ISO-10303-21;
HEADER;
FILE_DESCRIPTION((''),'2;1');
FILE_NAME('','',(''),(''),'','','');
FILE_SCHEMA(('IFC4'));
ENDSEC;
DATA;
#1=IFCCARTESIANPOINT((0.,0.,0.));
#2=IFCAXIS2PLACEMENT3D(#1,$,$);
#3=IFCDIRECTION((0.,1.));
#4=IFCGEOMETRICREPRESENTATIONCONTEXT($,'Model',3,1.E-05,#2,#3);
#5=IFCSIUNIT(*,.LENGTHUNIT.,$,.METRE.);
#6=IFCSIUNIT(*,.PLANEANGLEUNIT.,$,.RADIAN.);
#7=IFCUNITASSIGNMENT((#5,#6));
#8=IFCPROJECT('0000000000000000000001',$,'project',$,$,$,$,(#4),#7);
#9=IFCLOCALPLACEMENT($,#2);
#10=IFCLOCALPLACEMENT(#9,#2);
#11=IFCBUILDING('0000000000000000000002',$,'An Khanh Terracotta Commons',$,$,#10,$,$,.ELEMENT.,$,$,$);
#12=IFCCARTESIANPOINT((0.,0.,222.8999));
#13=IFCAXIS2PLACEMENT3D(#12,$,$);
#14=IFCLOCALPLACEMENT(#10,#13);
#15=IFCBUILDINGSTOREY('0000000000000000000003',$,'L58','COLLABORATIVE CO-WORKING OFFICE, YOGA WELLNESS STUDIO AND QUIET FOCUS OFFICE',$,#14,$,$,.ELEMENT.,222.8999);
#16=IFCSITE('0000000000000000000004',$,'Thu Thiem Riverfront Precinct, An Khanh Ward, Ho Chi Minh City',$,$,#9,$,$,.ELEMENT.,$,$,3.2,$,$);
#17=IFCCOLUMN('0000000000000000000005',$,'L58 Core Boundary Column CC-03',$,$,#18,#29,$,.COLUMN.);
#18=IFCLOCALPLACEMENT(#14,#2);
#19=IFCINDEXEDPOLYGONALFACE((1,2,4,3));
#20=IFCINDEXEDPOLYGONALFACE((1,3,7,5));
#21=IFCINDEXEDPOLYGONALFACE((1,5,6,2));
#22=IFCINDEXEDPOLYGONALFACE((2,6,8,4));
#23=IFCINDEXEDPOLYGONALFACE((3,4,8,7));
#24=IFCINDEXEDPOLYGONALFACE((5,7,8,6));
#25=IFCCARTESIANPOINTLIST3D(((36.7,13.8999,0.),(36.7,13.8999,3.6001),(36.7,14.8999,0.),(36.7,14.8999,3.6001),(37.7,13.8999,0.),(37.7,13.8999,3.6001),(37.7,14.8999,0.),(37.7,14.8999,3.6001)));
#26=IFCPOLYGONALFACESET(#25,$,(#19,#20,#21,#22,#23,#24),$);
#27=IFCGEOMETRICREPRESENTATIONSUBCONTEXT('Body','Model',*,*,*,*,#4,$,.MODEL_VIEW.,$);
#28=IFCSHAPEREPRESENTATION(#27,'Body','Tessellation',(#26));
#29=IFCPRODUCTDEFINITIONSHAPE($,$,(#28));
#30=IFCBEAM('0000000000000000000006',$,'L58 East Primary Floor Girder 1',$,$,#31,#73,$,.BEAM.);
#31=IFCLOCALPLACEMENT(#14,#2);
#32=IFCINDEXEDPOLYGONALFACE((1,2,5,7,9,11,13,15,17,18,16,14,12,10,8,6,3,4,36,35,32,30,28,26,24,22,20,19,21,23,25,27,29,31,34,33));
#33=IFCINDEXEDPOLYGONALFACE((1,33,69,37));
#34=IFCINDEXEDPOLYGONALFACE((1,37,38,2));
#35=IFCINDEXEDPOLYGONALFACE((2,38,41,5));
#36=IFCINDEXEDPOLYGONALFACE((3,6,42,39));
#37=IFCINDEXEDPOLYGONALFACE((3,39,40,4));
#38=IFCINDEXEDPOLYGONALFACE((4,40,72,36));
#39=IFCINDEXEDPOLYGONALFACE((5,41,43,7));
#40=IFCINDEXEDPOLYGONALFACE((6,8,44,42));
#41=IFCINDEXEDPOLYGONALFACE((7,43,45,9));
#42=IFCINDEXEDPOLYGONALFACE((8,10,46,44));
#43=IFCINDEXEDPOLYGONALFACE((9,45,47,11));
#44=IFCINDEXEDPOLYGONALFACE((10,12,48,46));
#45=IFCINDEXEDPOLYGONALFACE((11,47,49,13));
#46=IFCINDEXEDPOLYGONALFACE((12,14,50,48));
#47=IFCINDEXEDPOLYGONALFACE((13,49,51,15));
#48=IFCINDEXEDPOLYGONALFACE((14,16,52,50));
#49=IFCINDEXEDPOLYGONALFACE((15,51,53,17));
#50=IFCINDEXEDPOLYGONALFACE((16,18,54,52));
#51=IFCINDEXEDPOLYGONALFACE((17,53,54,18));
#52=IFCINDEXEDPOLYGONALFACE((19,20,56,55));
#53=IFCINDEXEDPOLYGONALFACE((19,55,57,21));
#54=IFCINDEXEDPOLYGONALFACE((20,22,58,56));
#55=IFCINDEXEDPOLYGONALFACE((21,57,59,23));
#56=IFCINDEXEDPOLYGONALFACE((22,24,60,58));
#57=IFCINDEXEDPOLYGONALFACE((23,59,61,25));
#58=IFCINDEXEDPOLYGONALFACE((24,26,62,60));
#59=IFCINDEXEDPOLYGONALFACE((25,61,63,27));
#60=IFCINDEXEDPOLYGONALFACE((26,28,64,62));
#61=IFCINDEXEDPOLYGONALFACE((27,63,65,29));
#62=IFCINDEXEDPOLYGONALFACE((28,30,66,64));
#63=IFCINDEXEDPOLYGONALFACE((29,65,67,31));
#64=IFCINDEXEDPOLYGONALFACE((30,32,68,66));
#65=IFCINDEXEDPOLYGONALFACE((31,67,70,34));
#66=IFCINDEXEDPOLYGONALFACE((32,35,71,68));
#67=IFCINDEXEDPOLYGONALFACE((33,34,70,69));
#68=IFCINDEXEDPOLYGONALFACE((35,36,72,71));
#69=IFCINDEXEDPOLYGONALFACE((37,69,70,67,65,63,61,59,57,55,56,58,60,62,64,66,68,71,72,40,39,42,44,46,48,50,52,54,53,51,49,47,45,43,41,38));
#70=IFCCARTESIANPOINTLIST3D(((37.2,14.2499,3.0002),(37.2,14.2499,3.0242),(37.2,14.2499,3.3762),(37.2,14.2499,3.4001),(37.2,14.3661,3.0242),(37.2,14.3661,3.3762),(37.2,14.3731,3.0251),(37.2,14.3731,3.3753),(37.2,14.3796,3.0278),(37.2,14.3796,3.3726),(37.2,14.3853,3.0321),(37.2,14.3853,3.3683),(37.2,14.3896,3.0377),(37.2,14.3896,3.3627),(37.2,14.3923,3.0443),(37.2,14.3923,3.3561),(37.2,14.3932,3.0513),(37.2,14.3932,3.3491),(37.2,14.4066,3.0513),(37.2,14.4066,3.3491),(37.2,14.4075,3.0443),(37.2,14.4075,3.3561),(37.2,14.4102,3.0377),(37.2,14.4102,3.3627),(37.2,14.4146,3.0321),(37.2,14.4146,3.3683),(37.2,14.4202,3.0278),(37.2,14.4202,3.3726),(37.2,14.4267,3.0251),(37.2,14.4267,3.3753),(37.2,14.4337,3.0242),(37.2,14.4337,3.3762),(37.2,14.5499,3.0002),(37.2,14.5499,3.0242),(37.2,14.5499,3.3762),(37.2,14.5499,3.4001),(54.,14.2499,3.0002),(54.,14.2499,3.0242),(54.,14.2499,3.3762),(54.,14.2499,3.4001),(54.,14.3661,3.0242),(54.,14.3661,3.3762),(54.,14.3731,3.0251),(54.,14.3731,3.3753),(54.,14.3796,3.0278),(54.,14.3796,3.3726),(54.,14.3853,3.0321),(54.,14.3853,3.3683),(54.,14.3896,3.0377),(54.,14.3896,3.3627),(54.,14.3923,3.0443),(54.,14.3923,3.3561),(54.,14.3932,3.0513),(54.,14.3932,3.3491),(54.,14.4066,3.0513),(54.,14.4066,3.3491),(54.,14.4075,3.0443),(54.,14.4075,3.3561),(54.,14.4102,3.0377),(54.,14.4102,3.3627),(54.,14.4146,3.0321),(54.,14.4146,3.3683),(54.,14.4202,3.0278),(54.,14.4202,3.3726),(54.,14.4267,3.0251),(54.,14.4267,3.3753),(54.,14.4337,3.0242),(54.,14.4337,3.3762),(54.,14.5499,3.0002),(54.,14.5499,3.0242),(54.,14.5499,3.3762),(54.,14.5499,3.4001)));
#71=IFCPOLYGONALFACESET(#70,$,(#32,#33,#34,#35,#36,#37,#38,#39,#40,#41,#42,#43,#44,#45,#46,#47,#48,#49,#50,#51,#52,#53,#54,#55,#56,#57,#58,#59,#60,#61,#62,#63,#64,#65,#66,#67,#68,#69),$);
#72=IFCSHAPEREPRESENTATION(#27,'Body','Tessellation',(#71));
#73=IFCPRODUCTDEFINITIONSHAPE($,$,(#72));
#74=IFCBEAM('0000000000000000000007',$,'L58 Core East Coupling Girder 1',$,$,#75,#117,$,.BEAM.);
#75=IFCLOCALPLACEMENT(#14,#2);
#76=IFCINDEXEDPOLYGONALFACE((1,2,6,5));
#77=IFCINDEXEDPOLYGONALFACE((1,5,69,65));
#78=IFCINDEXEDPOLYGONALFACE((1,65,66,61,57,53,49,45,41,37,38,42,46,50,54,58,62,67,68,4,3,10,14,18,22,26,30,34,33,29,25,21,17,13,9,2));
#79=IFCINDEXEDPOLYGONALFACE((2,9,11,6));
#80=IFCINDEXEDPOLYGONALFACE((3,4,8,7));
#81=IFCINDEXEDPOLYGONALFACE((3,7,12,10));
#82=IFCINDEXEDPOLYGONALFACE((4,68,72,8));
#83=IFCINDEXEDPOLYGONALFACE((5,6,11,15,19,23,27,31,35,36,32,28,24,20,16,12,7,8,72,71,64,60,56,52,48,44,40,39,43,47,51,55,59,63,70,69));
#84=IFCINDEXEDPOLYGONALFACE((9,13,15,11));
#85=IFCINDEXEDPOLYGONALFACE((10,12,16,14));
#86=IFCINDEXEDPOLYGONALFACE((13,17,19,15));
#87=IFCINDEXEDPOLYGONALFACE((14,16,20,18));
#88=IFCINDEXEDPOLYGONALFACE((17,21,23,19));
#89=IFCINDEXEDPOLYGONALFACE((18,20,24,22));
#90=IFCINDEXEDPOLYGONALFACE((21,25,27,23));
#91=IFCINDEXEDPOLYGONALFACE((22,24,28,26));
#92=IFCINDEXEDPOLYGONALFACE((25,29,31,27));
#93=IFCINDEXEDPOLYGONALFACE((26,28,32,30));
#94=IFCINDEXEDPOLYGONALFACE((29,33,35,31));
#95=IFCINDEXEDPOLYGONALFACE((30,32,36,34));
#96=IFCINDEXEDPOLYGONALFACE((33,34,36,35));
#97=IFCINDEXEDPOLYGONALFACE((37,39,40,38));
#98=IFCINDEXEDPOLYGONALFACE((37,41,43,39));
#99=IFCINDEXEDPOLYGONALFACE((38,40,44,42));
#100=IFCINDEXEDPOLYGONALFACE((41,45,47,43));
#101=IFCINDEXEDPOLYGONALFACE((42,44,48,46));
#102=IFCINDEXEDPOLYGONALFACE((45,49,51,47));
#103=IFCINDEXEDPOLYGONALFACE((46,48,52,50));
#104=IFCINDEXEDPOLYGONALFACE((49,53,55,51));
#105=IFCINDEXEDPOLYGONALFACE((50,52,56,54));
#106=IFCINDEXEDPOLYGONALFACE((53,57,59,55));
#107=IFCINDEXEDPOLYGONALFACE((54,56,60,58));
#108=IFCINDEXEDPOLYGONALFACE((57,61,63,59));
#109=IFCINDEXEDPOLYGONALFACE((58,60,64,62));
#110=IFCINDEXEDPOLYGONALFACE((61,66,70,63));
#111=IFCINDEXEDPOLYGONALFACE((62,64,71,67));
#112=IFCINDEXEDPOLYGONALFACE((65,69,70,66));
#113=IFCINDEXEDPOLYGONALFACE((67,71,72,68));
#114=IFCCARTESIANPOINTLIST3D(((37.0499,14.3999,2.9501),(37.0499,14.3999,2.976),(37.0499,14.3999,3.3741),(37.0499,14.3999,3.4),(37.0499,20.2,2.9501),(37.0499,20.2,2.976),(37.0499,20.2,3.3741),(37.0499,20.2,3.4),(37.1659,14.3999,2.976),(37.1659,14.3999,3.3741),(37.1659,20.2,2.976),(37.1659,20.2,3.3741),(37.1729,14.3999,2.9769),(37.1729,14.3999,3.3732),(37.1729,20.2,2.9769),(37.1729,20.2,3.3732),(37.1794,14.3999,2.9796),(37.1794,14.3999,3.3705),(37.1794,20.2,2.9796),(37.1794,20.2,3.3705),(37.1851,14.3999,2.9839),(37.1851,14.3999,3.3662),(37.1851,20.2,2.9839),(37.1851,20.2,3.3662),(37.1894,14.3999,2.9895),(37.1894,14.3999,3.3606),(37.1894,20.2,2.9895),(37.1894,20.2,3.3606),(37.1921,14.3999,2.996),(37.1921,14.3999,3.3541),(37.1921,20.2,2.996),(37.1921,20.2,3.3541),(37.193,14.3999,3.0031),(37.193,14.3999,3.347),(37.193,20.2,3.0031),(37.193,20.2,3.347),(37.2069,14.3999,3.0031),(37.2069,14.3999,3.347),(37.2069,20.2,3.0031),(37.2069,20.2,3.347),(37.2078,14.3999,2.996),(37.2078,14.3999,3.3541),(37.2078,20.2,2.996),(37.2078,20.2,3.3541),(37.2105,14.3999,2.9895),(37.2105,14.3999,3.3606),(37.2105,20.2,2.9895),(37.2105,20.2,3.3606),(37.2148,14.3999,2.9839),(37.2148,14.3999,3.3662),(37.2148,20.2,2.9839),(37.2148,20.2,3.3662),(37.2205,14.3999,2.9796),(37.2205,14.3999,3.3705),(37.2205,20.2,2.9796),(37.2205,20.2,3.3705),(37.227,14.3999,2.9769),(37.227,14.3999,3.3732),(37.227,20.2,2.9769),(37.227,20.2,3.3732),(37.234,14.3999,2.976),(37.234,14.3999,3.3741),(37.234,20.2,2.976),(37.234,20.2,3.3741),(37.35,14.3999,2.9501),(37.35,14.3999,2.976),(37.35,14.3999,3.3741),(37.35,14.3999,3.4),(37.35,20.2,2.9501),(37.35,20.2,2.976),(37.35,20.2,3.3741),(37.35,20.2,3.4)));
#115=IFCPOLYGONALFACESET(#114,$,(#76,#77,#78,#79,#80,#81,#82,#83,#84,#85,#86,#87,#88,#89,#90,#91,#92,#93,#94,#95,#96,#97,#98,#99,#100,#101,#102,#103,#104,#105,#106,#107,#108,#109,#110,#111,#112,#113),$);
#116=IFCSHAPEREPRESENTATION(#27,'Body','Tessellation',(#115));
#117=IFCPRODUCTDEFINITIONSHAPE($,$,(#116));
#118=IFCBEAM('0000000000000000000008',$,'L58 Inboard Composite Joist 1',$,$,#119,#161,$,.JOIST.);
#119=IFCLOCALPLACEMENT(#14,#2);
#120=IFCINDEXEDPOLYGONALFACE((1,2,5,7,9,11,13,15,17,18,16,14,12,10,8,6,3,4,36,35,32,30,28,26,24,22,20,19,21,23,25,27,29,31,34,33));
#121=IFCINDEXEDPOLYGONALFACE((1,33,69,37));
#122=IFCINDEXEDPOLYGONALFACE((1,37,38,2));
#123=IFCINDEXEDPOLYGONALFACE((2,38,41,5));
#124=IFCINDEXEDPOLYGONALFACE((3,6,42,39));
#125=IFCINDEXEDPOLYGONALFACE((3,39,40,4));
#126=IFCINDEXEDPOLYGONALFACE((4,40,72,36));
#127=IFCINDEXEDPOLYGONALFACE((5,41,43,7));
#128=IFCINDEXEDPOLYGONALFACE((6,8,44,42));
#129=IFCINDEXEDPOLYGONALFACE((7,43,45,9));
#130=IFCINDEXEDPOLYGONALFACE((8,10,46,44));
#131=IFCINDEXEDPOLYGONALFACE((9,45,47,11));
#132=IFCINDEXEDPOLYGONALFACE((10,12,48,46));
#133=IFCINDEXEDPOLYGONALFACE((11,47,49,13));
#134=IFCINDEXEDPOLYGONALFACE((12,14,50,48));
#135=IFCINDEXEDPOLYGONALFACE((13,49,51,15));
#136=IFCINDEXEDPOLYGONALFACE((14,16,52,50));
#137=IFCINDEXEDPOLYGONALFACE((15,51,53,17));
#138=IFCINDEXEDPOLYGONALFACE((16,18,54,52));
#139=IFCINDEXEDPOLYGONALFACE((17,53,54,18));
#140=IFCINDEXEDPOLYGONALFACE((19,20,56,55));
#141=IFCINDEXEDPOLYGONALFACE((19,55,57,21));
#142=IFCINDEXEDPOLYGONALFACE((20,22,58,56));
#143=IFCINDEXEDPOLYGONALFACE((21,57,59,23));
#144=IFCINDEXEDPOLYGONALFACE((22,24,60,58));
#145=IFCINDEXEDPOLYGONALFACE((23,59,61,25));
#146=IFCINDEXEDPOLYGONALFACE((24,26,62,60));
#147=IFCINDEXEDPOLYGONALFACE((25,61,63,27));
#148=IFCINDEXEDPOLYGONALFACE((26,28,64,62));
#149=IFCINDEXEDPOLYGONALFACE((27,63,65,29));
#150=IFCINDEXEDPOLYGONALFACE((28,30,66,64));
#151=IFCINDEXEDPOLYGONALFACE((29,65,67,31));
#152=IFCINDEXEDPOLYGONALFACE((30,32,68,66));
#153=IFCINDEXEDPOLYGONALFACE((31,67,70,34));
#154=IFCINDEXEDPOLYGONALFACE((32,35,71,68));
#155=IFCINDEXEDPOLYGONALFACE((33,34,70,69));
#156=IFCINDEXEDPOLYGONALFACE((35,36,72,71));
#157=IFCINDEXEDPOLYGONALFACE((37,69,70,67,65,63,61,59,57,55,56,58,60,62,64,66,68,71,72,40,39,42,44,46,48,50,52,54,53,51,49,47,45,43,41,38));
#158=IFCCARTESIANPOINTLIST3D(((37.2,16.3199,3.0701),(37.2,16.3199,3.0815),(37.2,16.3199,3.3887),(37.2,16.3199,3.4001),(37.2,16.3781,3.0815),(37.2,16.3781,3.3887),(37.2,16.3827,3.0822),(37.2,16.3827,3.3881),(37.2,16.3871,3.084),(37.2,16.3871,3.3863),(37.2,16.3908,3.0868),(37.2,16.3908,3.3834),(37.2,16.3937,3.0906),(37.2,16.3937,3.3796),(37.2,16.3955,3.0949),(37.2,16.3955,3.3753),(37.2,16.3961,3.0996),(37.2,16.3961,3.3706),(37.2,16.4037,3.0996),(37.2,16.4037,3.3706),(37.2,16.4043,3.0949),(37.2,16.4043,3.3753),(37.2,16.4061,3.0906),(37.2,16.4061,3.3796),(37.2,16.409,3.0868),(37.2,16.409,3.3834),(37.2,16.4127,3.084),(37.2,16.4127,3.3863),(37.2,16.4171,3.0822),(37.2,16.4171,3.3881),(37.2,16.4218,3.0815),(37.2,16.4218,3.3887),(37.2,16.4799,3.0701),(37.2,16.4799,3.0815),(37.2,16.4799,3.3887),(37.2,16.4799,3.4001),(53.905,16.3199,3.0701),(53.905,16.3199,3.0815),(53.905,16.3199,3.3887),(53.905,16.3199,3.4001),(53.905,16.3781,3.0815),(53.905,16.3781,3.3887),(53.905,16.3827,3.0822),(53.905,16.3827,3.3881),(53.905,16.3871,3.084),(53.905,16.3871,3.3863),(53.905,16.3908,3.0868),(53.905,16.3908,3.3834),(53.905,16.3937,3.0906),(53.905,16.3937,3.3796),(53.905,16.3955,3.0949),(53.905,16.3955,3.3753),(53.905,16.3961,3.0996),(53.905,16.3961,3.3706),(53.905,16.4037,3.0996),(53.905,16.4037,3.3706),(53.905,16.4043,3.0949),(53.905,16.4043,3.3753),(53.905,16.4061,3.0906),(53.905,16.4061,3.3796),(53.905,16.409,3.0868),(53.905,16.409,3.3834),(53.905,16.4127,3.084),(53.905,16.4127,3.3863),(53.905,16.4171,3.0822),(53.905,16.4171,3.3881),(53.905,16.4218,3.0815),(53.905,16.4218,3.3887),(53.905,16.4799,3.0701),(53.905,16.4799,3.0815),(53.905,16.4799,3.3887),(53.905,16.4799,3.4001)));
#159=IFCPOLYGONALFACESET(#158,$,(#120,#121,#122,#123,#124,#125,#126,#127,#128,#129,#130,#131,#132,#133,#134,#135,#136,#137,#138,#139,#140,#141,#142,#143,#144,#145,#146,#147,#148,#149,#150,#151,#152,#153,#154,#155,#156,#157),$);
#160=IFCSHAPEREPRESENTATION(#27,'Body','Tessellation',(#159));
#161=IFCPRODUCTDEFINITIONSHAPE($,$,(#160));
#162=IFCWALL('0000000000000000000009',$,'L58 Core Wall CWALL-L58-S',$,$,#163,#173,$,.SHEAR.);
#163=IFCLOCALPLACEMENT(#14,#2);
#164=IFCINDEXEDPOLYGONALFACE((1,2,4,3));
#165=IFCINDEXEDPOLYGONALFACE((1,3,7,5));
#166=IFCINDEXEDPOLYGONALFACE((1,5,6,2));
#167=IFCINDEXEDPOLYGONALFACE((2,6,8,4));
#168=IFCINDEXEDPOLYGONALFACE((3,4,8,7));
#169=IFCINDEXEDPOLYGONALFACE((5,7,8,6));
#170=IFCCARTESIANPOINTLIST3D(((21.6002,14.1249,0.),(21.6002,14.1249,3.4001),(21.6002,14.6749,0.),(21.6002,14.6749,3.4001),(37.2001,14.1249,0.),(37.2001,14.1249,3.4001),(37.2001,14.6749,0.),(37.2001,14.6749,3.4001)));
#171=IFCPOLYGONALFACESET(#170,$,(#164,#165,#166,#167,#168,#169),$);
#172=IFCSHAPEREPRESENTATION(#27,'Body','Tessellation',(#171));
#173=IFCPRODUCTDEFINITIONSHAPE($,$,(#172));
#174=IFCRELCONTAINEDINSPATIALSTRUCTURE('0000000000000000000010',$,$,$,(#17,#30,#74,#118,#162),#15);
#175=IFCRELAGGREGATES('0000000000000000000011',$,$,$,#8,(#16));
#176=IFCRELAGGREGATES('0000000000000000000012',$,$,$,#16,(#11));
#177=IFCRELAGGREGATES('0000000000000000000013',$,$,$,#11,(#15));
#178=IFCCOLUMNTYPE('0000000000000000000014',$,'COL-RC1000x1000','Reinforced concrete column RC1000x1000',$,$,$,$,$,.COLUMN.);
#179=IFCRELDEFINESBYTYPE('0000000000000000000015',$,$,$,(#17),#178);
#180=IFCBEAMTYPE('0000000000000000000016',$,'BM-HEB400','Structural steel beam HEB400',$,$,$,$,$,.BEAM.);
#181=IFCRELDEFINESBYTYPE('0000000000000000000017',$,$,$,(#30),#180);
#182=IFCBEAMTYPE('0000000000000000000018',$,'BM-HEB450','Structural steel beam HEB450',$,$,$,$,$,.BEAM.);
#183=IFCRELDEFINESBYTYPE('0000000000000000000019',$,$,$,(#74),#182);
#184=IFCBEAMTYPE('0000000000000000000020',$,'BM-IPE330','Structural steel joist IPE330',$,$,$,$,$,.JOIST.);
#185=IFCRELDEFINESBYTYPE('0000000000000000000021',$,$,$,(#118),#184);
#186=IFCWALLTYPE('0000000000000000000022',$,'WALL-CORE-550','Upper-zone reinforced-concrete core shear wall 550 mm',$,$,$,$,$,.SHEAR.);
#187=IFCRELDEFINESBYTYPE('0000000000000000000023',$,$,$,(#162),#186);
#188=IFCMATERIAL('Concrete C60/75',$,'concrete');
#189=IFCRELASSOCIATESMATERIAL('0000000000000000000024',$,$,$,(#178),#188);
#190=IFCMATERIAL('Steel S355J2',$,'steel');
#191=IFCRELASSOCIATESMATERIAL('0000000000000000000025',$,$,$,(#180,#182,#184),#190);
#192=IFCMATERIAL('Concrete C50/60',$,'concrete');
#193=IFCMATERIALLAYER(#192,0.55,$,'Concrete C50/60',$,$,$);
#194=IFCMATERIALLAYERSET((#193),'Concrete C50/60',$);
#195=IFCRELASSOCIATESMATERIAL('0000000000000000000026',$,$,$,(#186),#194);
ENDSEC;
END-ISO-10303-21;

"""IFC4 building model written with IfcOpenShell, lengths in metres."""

from ifc_helpers import new_model, si_unit, direction, frame, frame_2d, origin, origin_2d, place, context, subcontext, project, spatial, rectangle, i_section, extrude, material, layer, layer_set, material_profile, profile_set, type_object, element, save


model = new_model("IFC4")

# Units and contexts
model_context = context("Model", 3, precision=1e-05, world=origin(), true_north=direction((0.0, 1.0)))
body_context = subcontext(model_context, "Body", "Model", "MODEL_VIEW")
ifc_project = project(units=[si_unit("LENGTHUNIT", "METRE"), si_unit("PLANEANGLEUNIT", "RADIAN")], contexts=[model_context])

# Site, building, storey
site_placement = place(None, origin())
site = spatial("IfcSite", under=ifc_project, at=site_placement, Name="Thu Thiem Riverfront Precinct, An Khanh Ward, Ho Chi Minh City", CompositionType="ELEMENT", RefElevation=3.2)
building_placement = place(site_placement, origin())
building = spatial("IfcBuilding", under=site, at=building_placement, Name="An Khanh Terracotta Commons", CompositionType="ELEMENT")
storey_placement = place(building_placement, frame((0.0, 0.0, 222.8999)))
storey = spatial("IfcBuildingStorey", under=building, at=storey_placement, Name="L58", Description="COLLABORATIVE CO-WORKING OFFICE, YOGA WELLNESS STUDIO AND QUIET FOCUS OFFICE", CompositionType="ELEMENT", Elevation=222.8999)

# Column
ifc_material_1 = material(Name="Concrete C60/75", Category="concrete")
ifc_material_profile_1 = material_profile(ifc_material_1, rectangle(XDim=1.0, YDim=1.0, at=origin_2d()), Name="RC1000x1000")
ifc_profile_set_1 = profile_set([ifc_material_profile_1], Name="Concrete C60/75")
column_type = type_object("IfcColumnType", Name="COL-RC1000x1000", Description="Reinforced concrete column RC1000x1000", PredefinedType="COLUMN", material=ifc_profile_set_1)
column_placement = place(storey_placement, frame((37.2, 14.3999, 0.0), z_axis=(0.0, 0.0, 1.0), x_axis=(1.0, 0.0, 0.0)))
element("IfcColumn", 1, at=column_placement, inside=storey, type_object=column_type, Name="L58 Core Boundary Column CC-03", PredefinedType="COLUMN", context=body_context, shape_type="SweptSolid", body=[
    extrude(rectangle(XDim=1.0, YDim=1.0, at=origin_2d()), origin(), (0.0, 0.0, 1.0), 3.6001),
])

# Beams
ifc_material_2 = material(Name="Steel S355J2", Category="steel")
ifc_material_profile_2 = material_profile(ifc_material_2, i_section(OverallWidth=0.3, OverallDepth=0.3999, WebThickness=0.0134, FlangeThickness=0.0239, FilletRadius=0.0271, at=origin_2d()), Name="HEB400")
ifc_profile_set_2 = profile_set([ifc_material_profile_2], Name="Steel S355J2")
beam_type_1 = type_object("IfcBeamType", Name="BM-HEB400", Description="Structural steel beam HEB400", PredefinedType="BEAM", material=ifc_profile_set_2)
beam_1_placement = place(storey_placement, frame((37.2, 14.3999, 3.2002), z_axis=(1.0, 0.0, 0.0), x_axis=(0.0, 1.0, 0.0)))
element("IfcBeam", 2, at=beam_1_placement, inside=storey, type_object=beam_type_1, Name="L58 East Primary Floor Girder 1", PredefinedType="BEAM", context=body_context, shape_type="SweptSolid", body=[
    extrude(i_section(OverallWidth=0.3, OverallDepth=0.3999, WebThickness=0.0134, FlangeThickness=0.0239, FilletRadius=0.0271, at=origin_2d()), origin(), (0.0, 0.0, 1.0), 16.8),
])
ifc_material_profile_3 = material_profile(ifc_material_2, i_section(OverallWidth=0.3, OverallDepth=0.45, WebThickness=0.0139, FlangeThickness=0.0259, FilletRadius=0.0271, at=origin_2d()), Name="HEB450")
ifc_profile_set_3 = profile_set([ifc_material_profile_3], Name="Steel S355J2")
beam_type_2 = type_object("IfcBeamType", Name="BM-HEB450", Description="Structural steel beam HEB450", PredefinedType="BEAM", material=ifc_profile_set_3)
beam_2_placement = place(storey_placement, frame((37.2, 14.3999, 3.175), z_axis=(0.0, 1.0, 0.0), x_axis=(-1.0, 0.0, 0.0)))
element("IfcBeam", 3, at=beam_2_placement, inside=storey, type_object=beam_type_2, Name="L58 Core East Coupling Girder 1", PredefinedType="BEAM", context=body_context, shape_type="SweptSolid", body=[
    extrude(i_section(OverallWidth=0.3, OverallDepth=0.45, WebThickness=0.0139, FlangeThickness=0.0259, FilletRadius=0.0271, at=origin_2d()), origin(), (0.0, 0.0, 1.0), 5.8),
])
ifc_material_profile_4 = material_profile(ifc_material_2, i_section(OverallWidth=0.1599, OverallDepth=0.3301, WebThickness=0.0076, FlangeThickness=0.0115, FilletRadius=0.0181, at=origin_2d()), Name="IPE330")
ifc_profile_set_4 = profile_set([ifc_material_profile_4], Name="Steel S355J2")
beam_type_3 = type_object("IfcBeamType", Name="BM-IPE330", Description="Structural steel joist IPE330", PredefinedType="JOIST", material=ifc_profile_set_4)
beam_3_placement = place(storey_placement, frame((37.2, 16.3999, 3.2351), z_axis=(1.0, 0.0, 0.0), x_axis=(0.0, 1.0, 0.0)))
element("IfcBeam", 4, at=beam_3_placement, inside=storey, type_object=beam_type_3, Name="L58 Inboard Composite Joist 1", PredefinedType="JOIST", context=body_context, shape_type="SweptSolid", body=[
    extrude(i_section(OverallWidth=0.1599, OverallDepth=0.3301, WebThickness=0.0076, FlangeThickness=0.0115, FilletRadius=0.0181, at=origin_2d()), origin(), (0.0, 0.0, 1.0), 16.7051),
])

# Wall
ifc_material_3 = material(Name="Concrete C50/60", Category="concrete")
ifc_layer_1 = layer(ifc_material_3, 0.55, Name="Concrete C50/60")
ifc_layer_set_1 = layer_set([ifc_layer_1], Name="Concrete C50/60")
wall_type_1 = type_object("IfcWallType", Name="WALL-CORE-550", Description="Upper-zone reinforced-concrete core shear wall 550 mm", PredefinedType="SHEAR", material=ifc_layer_set_1)
wall_1_placement = place(storey_placement, frame((37.2, 14.3999, 0.0), z_axis=(0.0, 0.0, 1.0), x_axis=(-1.0, 0.0, 0.0)))
element("IfcWall", 5, at=wall_1_placement, inside=storey, type_object=wall_type_1, Name="L58 Core Wall CWALL-L58-S", PredefinedType="SHEAR", context=body_context, shape_type="SweptSolid", body=[
    extrude(rectangle(XDim=15.5999, YDim=0.55, at=frame_2d((7.7998, 0.0))), origin(), (0.0, 0.0, 1.0), 3.4001),
])

save(model, "model.ifc")
